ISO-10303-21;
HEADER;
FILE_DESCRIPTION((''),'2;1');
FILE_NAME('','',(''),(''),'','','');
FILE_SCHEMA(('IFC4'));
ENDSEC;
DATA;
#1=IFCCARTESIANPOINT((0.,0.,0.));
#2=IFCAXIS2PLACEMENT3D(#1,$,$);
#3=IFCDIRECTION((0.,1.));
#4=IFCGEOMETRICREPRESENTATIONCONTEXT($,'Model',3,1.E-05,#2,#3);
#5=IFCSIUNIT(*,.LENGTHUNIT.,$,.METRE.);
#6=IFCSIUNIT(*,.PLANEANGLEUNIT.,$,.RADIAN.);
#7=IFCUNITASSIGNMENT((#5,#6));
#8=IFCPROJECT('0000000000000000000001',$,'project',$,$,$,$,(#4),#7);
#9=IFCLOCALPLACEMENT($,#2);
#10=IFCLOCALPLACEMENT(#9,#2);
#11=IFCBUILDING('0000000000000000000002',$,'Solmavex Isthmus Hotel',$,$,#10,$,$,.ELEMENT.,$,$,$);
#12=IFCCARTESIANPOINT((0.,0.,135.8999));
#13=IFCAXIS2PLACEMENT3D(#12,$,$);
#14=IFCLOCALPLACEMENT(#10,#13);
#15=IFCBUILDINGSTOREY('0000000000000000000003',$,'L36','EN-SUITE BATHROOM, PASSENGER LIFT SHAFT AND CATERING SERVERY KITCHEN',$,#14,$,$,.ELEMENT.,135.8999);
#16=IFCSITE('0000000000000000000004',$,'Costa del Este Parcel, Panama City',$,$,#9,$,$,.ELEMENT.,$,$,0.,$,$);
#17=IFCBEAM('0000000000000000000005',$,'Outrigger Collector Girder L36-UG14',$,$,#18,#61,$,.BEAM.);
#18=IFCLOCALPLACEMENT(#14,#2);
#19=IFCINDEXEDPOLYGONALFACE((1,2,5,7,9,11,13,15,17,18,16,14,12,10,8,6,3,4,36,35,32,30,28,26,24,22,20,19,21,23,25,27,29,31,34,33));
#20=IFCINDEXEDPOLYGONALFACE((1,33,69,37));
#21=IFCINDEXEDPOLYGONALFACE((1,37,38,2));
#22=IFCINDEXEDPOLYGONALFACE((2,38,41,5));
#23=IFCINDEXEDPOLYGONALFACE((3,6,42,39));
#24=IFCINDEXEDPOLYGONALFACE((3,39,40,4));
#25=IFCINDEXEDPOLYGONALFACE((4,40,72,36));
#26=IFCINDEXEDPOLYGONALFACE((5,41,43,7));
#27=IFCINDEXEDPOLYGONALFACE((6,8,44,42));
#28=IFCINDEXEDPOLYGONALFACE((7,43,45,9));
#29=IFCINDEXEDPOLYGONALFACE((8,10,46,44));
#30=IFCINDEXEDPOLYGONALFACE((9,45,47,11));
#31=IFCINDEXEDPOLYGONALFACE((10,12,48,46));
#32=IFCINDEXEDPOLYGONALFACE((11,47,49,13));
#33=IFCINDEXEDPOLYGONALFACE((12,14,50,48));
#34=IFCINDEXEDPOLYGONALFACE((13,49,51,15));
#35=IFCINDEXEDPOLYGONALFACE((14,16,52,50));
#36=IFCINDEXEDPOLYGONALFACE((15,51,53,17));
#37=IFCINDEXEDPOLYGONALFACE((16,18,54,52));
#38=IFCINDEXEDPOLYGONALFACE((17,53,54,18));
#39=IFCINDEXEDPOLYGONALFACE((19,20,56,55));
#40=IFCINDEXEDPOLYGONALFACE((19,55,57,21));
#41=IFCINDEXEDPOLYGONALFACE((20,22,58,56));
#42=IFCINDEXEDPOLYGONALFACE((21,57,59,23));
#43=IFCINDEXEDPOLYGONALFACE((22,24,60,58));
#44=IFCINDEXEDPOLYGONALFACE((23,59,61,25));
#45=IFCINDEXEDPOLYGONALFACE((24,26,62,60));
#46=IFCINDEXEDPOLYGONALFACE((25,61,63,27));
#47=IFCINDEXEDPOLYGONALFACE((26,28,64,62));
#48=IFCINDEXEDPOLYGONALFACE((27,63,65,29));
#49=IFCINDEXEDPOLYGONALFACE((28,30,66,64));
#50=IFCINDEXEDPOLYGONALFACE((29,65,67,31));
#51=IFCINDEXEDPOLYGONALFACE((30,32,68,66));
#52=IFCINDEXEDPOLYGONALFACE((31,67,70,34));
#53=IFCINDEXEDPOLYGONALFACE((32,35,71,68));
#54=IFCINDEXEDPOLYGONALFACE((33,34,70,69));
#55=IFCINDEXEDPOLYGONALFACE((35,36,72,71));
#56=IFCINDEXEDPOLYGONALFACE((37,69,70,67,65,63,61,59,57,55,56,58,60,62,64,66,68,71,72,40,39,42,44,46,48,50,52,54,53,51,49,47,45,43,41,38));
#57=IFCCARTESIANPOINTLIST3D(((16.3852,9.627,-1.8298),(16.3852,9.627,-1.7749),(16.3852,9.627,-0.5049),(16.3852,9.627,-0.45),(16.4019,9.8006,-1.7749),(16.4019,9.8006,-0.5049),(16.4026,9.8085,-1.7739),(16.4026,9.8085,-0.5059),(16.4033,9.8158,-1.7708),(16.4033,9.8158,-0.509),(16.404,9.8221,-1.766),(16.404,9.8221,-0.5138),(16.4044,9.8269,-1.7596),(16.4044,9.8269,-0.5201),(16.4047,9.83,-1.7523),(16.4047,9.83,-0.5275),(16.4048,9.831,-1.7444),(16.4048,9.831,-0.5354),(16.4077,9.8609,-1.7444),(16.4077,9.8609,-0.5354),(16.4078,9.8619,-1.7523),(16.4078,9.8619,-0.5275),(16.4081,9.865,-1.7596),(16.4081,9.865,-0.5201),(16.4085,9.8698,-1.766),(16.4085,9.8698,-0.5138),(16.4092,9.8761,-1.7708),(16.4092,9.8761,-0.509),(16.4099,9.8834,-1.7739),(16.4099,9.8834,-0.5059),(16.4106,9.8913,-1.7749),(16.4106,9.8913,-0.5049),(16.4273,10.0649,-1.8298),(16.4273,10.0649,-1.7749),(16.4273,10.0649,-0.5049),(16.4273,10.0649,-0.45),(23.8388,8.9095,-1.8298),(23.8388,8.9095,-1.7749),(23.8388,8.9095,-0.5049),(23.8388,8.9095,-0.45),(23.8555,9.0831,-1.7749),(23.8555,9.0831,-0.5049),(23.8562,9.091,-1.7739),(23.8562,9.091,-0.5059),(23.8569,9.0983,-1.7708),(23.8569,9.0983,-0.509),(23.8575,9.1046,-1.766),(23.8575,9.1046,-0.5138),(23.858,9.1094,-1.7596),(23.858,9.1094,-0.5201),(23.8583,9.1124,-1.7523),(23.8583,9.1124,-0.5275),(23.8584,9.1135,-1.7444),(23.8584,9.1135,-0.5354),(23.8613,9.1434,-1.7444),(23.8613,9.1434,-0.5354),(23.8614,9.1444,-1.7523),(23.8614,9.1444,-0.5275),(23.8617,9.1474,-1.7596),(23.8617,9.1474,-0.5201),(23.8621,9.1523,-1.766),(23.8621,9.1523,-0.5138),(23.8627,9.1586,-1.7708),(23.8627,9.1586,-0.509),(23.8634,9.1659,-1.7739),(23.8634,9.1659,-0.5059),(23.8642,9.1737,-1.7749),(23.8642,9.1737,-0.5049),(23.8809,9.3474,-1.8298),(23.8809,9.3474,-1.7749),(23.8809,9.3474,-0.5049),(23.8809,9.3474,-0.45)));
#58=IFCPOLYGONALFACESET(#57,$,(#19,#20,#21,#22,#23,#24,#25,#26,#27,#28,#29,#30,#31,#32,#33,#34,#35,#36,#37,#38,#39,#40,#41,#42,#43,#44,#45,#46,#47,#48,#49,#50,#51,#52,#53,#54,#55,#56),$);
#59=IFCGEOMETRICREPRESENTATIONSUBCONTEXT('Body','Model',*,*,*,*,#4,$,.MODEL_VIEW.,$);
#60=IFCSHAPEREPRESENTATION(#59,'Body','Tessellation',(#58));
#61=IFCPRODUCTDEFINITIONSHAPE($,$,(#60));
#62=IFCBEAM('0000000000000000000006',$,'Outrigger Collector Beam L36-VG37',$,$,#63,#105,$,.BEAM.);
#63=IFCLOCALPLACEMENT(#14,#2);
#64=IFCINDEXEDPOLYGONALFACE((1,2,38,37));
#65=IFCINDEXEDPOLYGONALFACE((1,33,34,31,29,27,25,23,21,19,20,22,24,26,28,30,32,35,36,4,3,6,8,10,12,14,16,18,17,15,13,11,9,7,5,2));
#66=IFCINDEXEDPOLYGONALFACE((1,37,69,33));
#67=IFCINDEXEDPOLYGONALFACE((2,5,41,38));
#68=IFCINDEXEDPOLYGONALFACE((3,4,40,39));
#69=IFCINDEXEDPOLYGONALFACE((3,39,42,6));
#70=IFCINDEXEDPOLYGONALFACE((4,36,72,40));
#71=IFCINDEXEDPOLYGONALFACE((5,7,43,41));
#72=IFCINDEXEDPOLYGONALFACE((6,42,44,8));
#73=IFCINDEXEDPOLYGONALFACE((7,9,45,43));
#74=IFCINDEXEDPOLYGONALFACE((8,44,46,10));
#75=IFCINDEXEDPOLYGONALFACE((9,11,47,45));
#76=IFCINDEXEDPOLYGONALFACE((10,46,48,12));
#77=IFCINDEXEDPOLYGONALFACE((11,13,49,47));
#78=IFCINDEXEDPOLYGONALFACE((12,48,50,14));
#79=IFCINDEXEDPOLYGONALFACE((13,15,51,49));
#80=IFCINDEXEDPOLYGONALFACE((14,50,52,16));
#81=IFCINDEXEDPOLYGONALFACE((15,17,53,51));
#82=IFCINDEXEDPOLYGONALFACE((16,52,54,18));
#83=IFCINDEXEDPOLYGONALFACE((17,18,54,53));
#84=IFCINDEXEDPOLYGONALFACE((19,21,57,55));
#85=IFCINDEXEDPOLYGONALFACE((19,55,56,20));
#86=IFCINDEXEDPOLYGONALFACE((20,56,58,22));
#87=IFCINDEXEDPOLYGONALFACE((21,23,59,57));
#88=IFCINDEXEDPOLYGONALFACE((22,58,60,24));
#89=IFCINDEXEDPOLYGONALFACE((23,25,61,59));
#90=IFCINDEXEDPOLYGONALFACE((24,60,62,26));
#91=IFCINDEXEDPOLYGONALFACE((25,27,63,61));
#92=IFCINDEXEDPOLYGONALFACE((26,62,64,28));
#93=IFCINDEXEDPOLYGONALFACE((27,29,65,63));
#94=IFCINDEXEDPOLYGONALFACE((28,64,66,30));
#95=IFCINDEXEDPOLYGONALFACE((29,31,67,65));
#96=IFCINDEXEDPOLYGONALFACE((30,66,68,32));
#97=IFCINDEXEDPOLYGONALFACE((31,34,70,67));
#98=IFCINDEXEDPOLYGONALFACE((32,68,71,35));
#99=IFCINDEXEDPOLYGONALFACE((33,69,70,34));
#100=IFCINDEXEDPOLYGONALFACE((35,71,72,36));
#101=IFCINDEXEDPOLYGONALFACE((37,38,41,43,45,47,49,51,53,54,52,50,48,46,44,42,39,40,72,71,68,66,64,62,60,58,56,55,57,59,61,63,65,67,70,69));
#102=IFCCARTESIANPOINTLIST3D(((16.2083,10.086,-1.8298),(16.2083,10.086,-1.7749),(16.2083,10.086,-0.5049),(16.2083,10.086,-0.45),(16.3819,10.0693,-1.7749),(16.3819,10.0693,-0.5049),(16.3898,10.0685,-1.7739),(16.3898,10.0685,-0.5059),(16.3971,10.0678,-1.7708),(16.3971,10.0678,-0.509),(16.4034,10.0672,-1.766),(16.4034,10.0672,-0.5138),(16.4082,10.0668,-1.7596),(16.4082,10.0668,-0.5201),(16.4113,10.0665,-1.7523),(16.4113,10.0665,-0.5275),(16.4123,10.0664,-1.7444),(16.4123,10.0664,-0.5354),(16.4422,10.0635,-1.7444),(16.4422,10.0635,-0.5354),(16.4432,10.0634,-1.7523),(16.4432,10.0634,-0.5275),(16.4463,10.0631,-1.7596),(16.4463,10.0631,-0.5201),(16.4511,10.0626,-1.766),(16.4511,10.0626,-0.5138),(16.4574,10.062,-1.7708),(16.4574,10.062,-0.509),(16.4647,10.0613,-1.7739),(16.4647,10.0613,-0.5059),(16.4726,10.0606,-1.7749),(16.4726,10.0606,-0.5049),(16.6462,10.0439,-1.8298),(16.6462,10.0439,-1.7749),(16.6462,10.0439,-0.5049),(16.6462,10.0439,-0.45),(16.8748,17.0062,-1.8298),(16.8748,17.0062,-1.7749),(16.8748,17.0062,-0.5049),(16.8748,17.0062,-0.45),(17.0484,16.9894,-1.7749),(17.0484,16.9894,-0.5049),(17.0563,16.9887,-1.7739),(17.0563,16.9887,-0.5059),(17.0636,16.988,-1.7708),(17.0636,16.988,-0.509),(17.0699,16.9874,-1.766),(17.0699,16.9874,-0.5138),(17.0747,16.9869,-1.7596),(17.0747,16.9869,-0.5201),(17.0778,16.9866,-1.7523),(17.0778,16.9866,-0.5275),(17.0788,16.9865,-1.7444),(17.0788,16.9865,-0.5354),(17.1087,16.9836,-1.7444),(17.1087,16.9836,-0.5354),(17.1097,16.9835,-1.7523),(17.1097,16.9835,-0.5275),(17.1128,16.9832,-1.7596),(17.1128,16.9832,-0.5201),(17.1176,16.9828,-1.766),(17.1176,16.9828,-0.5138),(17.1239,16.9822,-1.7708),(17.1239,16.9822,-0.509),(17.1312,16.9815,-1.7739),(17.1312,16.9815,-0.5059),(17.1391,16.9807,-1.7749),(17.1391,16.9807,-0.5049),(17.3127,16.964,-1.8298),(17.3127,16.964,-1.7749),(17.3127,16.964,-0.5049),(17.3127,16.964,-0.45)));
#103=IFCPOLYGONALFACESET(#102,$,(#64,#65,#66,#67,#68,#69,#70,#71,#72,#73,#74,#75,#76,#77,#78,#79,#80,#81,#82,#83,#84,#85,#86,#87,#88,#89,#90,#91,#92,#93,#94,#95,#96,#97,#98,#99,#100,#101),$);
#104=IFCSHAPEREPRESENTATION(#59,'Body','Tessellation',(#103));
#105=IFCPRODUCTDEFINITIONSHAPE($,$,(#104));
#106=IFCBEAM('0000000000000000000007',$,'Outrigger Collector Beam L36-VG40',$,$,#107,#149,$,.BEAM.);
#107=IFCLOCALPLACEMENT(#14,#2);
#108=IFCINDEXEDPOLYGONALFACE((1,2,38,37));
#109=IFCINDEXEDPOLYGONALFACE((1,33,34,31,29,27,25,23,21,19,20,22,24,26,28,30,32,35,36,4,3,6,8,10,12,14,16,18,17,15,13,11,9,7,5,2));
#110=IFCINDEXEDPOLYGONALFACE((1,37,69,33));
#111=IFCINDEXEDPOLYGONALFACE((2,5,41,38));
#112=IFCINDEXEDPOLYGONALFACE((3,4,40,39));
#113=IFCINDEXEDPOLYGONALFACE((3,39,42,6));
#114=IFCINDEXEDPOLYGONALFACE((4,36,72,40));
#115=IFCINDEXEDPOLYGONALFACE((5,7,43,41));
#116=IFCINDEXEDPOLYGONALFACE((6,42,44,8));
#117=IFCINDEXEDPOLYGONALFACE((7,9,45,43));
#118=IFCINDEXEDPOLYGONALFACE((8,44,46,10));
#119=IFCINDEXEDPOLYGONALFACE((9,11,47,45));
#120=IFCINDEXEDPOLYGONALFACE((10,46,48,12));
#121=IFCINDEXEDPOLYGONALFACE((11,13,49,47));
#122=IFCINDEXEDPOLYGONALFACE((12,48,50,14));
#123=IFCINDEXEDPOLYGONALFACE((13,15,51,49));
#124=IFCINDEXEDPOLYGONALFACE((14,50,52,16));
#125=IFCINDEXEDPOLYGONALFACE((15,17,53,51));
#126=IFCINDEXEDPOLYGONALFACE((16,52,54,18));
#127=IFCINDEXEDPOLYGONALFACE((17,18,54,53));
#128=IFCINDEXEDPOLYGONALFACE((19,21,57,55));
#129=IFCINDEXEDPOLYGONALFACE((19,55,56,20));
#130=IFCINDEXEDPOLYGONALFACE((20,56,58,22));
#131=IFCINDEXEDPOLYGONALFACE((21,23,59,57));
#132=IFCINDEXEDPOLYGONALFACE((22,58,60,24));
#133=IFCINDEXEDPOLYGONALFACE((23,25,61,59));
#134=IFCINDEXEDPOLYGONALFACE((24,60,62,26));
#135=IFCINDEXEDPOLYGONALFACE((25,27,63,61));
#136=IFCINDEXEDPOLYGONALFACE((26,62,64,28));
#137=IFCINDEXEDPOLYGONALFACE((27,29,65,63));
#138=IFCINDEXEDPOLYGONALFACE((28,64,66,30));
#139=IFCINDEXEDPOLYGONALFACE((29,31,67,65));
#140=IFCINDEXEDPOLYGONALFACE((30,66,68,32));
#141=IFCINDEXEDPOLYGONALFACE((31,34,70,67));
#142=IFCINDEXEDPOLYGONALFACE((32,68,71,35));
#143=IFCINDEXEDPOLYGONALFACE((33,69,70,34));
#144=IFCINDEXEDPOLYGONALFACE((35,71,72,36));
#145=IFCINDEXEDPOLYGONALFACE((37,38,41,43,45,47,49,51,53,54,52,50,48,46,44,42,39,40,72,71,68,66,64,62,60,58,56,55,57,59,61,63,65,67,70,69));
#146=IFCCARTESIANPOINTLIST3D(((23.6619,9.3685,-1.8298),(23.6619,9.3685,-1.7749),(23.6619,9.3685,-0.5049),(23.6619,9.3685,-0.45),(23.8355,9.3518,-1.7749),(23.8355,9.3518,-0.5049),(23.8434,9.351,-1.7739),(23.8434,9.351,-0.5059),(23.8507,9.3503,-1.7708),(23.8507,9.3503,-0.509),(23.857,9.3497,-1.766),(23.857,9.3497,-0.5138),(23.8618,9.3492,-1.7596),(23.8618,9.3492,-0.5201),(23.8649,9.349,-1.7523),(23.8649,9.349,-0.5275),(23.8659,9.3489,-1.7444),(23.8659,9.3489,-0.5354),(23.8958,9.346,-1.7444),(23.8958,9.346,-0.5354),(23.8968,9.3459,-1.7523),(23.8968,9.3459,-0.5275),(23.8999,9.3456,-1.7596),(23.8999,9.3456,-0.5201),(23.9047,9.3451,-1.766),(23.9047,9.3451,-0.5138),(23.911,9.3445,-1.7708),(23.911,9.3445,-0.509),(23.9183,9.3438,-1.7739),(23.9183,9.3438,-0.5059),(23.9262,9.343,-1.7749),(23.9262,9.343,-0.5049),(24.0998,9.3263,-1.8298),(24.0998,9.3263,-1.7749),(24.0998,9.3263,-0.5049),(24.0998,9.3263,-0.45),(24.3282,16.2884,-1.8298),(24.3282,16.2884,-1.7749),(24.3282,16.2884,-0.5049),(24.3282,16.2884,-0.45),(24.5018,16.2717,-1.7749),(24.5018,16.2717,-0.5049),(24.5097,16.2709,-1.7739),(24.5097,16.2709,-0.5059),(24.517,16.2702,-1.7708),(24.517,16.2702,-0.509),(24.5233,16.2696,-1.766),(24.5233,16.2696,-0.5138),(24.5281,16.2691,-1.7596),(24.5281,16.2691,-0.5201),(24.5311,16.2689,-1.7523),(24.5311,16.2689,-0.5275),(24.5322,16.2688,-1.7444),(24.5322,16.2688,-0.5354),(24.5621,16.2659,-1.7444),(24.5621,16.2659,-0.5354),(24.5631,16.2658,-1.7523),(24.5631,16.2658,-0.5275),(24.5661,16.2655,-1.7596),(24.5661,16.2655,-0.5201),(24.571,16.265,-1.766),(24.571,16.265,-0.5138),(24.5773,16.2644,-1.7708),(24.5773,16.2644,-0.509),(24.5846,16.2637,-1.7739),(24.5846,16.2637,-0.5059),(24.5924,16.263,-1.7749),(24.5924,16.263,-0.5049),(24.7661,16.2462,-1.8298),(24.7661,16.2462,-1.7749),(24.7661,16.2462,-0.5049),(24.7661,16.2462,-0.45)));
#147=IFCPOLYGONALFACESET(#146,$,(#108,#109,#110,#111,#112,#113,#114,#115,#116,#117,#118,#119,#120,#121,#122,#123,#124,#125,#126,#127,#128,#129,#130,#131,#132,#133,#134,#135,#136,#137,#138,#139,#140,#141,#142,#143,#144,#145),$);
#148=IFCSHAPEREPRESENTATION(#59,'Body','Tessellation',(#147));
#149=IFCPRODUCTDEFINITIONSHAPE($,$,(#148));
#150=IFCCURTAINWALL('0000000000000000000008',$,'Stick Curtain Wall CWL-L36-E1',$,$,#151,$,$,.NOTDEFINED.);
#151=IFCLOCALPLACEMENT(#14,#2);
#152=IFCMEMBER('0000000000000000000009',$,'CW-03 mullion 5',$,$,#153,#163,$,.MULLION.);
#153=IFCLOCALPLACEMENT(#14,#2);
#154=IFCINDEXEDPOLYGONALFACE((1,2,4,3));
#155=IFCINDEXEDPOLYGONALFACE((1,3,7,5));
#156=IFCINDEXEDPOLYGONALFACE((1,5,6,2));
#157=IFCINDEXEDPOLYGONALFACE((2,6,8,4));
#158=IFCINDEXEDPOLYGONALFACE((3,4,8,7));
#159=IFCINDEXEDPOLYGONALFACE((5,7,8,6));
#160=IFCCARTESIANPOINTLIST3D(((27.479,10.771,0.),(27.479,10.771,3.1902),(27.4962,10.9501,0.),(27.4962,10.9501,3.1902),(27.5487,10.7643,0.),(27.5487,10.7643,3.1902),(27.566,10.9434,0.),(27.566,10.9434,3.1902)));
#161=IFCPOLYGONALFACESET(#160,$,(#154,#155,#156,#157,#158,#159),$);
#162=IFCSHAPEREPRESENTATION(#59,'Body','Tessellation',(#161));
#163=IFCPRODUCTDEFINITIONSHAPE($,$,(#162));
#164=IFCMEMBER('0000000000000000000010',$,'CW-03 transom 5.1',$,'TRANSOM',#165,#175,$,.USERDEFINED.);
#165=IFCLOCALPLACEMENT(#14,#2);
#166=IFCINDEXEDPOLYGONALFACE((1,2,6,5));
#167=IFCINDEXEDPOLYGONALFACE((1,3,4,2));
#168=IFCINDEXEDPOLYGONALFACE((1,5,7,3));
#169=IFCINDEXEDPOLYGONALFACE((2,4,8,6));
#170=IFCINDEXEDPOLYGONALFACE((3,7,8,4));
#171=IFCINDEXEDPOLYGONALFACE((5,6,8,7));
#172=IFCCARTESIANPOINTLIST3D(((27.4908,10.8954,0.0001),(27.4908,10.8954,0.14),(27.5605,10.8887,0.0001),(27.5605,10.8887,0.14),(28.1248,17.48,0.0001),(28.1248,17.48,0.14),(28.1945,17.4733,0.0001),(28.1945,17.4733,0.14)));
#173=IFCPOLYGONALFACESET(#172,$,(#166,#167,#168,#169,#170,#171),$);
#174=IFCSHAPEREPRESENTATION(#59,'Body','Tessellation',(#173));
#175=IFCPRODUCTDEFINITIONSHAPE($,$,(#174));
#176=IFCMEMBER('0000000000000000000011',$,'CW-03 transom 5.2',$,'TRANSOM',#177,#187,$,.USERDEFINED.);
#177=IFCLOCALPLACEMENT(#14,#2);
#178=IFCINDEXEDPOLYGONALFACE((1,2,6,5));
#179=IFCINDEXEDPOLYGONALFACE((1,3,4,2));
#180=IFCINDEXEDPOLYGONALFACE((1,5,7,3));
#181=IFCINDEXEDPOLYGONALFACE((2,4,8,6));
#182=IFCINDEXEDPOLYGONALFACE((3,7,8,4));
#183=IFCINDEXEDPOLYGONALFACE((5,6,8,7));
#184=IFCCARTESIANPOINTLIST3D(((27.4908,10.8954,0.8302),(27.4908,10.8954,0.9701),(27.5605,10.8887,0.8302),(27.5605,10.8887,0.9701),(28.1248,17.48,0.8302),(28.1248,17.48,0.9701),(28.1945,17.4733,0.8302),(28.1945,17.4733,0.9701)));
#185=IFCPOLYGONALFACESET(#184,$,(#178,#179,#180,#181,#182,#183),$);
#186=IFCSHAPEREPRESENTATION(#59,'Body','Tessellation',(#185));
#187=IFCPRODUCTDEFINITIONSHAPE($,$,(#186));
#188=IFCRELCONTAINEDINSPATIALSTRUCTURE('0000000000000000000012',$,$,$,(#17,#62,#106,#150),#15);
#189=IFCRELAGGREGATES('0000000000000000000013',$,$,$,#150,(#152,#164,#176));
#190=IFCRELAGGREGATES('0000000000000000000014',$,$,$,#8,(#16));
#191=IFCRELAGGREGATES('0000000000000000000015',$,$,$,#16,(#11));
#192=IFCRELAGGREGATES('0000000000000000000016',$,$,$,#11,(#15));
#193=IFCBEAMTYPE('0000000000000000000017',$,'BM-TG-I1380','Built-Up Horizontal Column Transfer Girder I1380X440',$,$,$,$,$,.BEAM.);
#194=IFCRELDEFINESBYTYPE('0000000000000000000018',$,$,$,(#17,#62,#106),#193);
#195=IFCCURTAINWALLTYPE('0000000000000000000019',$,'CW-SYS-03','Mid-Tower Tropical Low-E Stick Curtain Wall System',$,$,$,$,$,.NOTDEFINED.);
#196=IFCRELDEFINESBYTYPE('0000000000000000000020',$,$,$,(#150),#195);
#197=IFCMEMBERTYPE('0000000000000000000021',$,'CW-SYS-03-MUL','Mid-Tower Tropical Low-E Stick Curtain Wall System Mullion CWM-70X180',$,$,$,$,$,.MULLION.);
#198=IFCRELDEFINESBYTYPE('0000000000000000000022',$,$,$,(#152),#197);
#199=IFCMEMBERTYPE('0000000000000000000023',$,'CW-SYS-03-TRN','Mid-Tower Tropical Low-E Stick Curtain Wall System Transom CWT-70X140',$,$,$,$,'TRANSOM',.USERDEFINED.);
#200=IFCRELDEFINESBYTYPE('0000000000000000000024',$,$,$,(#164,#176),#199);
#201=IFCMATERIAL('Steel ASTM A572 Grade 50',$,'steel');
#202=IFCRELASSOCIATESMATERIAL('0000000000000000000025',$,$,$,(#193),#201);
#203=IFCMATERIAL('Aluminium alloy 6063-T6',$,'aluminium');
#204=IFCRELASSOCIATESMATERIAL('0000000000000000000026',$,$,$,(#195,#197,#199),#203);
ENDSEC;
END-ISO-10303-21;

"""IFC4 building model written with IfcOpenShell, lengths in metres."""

from ifc_helpers import new_model, si_unit, direction, frame, origin, origin_2d, place, context, subcontext, project, spatial, rectangle, i_section, extrude, material, material_profile, profile_set, type_object, element, aggregate, save


model = new_model("IFC4")

# Units and contexts
model_context = context("Model", 3, precision=1e-05, world=origin(), true_north=direction((0.0, 1.0)))
body_context = subcontext(model_context, "Body", "Model", "MODEL_VIEW")
ifc_project = project(units=[si_unit("LENGTHUNIT", "METRE"), si_unit("PLANEANGLEUNIT", "RADIAN")], contexts=[model_context])

# Site, building, storey
site_placement = place(None, origin())
site = spatial("IfcSite", under=ifc_project, at=site_placement, Name="Costa del Este Parcel, Panama City", CompositionType="ELEMENT", RefElevation=0.0)
building_placement = place(site_placement, origin())
building = spatial("IfcBuilding", under=site, at=building_placement, Name="Solmavex Isthmus Hotel", CompositionType="ELEMENT")
storey_placement = place(building_placement, frame((0.0, 0.0, 135.8999)))
storey = spatial("IfcBuildingStorey", under=building, at=storey_placement, Name="L36", Description="EN-SUITE BATHROOM, PASSENGER LIFT SHAFT AND CATERING SERVERY KITCHEN", CompositionType="ELEMENT", Elevation=135.8999)

# Beams
ifc_material_1 = material(Name="Steel ASTM A572 Grade 50", Category="steel")
ifc_material_profile_1 = material_profile(ifc_material_1, i_section(OverallWidth=0.4399, OverallDepth=1.3799, WebThickness=0.03, FlangeThickness=0.0549, FilletRadius=0.0305, at=origin_2d()), Name="I1380X440")
ifc_profile_set_1 = profile_set([ifc_material_profile_1], Name="Steel ASTM A572 Grade 50")
beam_type_1 = type_object("IfcBeamType", Name="BM-TG-I1380", Description="Built-Up Horizontal Column Transfer Girder I1380X440", PredefinedType="BEAM", material=ifc_profile_set_1)
beam_1_placement = place(storey_placement, frame((16.4062, 9.8459, -1.1399), z_axis=(0.995398, -0.095823, 0.0), x_axis=(0.095823, 0.995398, 0.0)))
element("IfcBeam", 1, at=beam_1_placement, inside=storey, type_object=beam_type_1, Name="Outrigger Collector Girder L36-UG14", PredefinedType="BEAM", context=body_context, shape_type="SweptSolid", body=[
    extrude(i_section(OverallWidth=0.4399, OverallDepth=1.3799, WebThickness=0.03, FlangeThickness=0.0549, FilletRadius=0.0305, at=origin_2d()), origin(), (0.0, 0.0, 1.0), 7.488),
])
beam_2_placement = place(storey_placement, frame((16.4272, 10.0649, -1.1399), z_axis=(0.09587, 0.995394, 0.0), x_axis=(-0.995394, 0.09587, 0.0)))
element("IfcBeam", 2, at=beam_2_placement, inside=storey, type_object=beam_type_1, Name="Outrigger Collector Beam L36-VG37", PredefinedType="BEAM", context=body_context, shape_type="SweptSolid", body=[
    extrude(i_section(OverallWidth=0.4399, OverallDepth=1.3799, WebThickness=0.03, FlangeThickness=0.0549, FilletRadius=0.0305, at=origin_2d()), origin(), (0.0, 0.0, 1.0), 6.9521),
])
beam_3_placement = place(storey_placement, frame((23.8809, 9.3474, -1.1399), z_axis=(0.095838, 0.995397, 0.0), x_axis=(-0.995397, 0.095838, 0.0)))
element("IfcBeam", 3, at=beam_3_placement, inside=storey, type_object=beam_type_1, Name="Outrigger Collector Beam L36-VG40", PredefinedType="BEAM", context=body_context, shape_type="SweptSolid", body=[
    extrude(i_section(OverallWidth=0.4399, OverallDepth=1.3799, WebThickness=0.03, FlangeThickness=0.0549, FilletRadius=0.0305, at=origin_2d()), origin(), (0.0, 0.0, 1.0), 6.9519),
])

# Curtain wall, members
ifc_material_2 = material(Name="Aluminium alloy 6063-T6", Category="aluminium")
curtain_wall_type = type_object("IfcCurtainWallType", Name="CW-SYS-03", Description="Mid-Tower Tropical Low-E Stick Curtain Wall System", PredefinedType="NOTDEFINED", material=ifc_material_2)
curtain_wall_placement = place(storey_placement, origin())
curtain_wall = element("IfcCurtainWall", 4, at=curtain_wall_placement, inside=storey, type_object=curtain_wall_type, Name="Stick Curtain Wall CWL-L36-E1", PredefinedType="NOTDEFINED")
ifc_material_profile_2 = material_profile(ifc_material_2, rectangle(XDim=0.0701, YDim=0.1799, at=origin_2d()), Name="CWM-70X180")
ifc_profile_set_2 = profile_set([ifc_material_profile_2], Name="Aluminium alloy 6063-T6")
member_type_1 = type_object("IfcMemberType", Name="CW-SYS-03-MUL", Description="Mid-Tower Tropical Low-E Stick Curtain Wall System Mullion CWM-70X180", PredefinedType="MULLION", material=ifc_profile_set_2)
member_1_placement = place(storey_placement, frame((27.5225, 10.8572, 0.0), z_axis=(0.0, 0.0, 1.0), x_axis=(-0.995396, 0.095846, 0.0)))
member_1 = element("IfcMember", 5, at=member_1_placement, type_object=member_type_1, Name="CW-03 mullion 5", PredefinedType="MULLION", context=body_context, shape_type="SweptSolid", body=[
    extrude(rectangle(XDim=0.0701, YDim=0.1799, at=origin_2d()), origin(), (0.0, 0.0, 1.0), 3.1902),
])
ifc_material_profile_3 = material_profile(ifc_material_2, rectangle(XDim=0.0701, YDim=0.1399, at=origin_2d()), Name="CWT-70X140")
ifc_profile_set_3 = profile_set([ifc_material_profile_3], Name="Aluminium alloy 6063-T6")
member_type_2 = type_object("IfcMemberType", Name="CW-SYS-03-TRN", Description="Mid-Tower Tropical Low-E Stick Curtain Wall System Transom CWT-70X140", ElementType="TRANSOM", PredefinedType="USERDEFINED", material=ifc_profile_set_3)
member_2_placement = place(storey_placement, frame((27.5256, 10.8921, 0.0701), z_axis=(0.095849, 0.995396, 0.0), x_axis=(-0.995396, 0.095849, 0.0)))
member_2 = element("IfcMember", 6, at=member_2_placement, type_object=member_type_2, Name="CW-03 transom 5.1", ObjectType="TRANSOM", PredefinedType="USERDEFINED", context=body_context, shape_type="SweptSolid", body=[
    extrude(rectangle(XDim=0.0701, YDim=0.1399, at=origin_2d()), origin(), (0.0, 0.0, 1.0), 6.615),
])
member_3_placement = place(storey_placement, frame((27.5256, 10.8921, 0.9001), z_axis=(0.095849, 0.995396, 0.0), x_axis=(-0.995396, 0.095849, 0.0)))
member_3 = element("IfcMember", 7, at=member_3_placement, type_object=member_type_2, Name="CW-03 transom 5.2", ObjectType="TRANSOM", PredefinedType="USERDEFINED", context=body_context, shape_type="SweptSolid", body=[
    extrude(rectangle(XDim=0.0701, YDim=0.1399, at=origin_2d()), origin(), (0.0, 0.0, 1.0), 6.615),
])
aggregate(curtain_wall, [member_1, member_2, member_3])

save(model, "model.ifc")
